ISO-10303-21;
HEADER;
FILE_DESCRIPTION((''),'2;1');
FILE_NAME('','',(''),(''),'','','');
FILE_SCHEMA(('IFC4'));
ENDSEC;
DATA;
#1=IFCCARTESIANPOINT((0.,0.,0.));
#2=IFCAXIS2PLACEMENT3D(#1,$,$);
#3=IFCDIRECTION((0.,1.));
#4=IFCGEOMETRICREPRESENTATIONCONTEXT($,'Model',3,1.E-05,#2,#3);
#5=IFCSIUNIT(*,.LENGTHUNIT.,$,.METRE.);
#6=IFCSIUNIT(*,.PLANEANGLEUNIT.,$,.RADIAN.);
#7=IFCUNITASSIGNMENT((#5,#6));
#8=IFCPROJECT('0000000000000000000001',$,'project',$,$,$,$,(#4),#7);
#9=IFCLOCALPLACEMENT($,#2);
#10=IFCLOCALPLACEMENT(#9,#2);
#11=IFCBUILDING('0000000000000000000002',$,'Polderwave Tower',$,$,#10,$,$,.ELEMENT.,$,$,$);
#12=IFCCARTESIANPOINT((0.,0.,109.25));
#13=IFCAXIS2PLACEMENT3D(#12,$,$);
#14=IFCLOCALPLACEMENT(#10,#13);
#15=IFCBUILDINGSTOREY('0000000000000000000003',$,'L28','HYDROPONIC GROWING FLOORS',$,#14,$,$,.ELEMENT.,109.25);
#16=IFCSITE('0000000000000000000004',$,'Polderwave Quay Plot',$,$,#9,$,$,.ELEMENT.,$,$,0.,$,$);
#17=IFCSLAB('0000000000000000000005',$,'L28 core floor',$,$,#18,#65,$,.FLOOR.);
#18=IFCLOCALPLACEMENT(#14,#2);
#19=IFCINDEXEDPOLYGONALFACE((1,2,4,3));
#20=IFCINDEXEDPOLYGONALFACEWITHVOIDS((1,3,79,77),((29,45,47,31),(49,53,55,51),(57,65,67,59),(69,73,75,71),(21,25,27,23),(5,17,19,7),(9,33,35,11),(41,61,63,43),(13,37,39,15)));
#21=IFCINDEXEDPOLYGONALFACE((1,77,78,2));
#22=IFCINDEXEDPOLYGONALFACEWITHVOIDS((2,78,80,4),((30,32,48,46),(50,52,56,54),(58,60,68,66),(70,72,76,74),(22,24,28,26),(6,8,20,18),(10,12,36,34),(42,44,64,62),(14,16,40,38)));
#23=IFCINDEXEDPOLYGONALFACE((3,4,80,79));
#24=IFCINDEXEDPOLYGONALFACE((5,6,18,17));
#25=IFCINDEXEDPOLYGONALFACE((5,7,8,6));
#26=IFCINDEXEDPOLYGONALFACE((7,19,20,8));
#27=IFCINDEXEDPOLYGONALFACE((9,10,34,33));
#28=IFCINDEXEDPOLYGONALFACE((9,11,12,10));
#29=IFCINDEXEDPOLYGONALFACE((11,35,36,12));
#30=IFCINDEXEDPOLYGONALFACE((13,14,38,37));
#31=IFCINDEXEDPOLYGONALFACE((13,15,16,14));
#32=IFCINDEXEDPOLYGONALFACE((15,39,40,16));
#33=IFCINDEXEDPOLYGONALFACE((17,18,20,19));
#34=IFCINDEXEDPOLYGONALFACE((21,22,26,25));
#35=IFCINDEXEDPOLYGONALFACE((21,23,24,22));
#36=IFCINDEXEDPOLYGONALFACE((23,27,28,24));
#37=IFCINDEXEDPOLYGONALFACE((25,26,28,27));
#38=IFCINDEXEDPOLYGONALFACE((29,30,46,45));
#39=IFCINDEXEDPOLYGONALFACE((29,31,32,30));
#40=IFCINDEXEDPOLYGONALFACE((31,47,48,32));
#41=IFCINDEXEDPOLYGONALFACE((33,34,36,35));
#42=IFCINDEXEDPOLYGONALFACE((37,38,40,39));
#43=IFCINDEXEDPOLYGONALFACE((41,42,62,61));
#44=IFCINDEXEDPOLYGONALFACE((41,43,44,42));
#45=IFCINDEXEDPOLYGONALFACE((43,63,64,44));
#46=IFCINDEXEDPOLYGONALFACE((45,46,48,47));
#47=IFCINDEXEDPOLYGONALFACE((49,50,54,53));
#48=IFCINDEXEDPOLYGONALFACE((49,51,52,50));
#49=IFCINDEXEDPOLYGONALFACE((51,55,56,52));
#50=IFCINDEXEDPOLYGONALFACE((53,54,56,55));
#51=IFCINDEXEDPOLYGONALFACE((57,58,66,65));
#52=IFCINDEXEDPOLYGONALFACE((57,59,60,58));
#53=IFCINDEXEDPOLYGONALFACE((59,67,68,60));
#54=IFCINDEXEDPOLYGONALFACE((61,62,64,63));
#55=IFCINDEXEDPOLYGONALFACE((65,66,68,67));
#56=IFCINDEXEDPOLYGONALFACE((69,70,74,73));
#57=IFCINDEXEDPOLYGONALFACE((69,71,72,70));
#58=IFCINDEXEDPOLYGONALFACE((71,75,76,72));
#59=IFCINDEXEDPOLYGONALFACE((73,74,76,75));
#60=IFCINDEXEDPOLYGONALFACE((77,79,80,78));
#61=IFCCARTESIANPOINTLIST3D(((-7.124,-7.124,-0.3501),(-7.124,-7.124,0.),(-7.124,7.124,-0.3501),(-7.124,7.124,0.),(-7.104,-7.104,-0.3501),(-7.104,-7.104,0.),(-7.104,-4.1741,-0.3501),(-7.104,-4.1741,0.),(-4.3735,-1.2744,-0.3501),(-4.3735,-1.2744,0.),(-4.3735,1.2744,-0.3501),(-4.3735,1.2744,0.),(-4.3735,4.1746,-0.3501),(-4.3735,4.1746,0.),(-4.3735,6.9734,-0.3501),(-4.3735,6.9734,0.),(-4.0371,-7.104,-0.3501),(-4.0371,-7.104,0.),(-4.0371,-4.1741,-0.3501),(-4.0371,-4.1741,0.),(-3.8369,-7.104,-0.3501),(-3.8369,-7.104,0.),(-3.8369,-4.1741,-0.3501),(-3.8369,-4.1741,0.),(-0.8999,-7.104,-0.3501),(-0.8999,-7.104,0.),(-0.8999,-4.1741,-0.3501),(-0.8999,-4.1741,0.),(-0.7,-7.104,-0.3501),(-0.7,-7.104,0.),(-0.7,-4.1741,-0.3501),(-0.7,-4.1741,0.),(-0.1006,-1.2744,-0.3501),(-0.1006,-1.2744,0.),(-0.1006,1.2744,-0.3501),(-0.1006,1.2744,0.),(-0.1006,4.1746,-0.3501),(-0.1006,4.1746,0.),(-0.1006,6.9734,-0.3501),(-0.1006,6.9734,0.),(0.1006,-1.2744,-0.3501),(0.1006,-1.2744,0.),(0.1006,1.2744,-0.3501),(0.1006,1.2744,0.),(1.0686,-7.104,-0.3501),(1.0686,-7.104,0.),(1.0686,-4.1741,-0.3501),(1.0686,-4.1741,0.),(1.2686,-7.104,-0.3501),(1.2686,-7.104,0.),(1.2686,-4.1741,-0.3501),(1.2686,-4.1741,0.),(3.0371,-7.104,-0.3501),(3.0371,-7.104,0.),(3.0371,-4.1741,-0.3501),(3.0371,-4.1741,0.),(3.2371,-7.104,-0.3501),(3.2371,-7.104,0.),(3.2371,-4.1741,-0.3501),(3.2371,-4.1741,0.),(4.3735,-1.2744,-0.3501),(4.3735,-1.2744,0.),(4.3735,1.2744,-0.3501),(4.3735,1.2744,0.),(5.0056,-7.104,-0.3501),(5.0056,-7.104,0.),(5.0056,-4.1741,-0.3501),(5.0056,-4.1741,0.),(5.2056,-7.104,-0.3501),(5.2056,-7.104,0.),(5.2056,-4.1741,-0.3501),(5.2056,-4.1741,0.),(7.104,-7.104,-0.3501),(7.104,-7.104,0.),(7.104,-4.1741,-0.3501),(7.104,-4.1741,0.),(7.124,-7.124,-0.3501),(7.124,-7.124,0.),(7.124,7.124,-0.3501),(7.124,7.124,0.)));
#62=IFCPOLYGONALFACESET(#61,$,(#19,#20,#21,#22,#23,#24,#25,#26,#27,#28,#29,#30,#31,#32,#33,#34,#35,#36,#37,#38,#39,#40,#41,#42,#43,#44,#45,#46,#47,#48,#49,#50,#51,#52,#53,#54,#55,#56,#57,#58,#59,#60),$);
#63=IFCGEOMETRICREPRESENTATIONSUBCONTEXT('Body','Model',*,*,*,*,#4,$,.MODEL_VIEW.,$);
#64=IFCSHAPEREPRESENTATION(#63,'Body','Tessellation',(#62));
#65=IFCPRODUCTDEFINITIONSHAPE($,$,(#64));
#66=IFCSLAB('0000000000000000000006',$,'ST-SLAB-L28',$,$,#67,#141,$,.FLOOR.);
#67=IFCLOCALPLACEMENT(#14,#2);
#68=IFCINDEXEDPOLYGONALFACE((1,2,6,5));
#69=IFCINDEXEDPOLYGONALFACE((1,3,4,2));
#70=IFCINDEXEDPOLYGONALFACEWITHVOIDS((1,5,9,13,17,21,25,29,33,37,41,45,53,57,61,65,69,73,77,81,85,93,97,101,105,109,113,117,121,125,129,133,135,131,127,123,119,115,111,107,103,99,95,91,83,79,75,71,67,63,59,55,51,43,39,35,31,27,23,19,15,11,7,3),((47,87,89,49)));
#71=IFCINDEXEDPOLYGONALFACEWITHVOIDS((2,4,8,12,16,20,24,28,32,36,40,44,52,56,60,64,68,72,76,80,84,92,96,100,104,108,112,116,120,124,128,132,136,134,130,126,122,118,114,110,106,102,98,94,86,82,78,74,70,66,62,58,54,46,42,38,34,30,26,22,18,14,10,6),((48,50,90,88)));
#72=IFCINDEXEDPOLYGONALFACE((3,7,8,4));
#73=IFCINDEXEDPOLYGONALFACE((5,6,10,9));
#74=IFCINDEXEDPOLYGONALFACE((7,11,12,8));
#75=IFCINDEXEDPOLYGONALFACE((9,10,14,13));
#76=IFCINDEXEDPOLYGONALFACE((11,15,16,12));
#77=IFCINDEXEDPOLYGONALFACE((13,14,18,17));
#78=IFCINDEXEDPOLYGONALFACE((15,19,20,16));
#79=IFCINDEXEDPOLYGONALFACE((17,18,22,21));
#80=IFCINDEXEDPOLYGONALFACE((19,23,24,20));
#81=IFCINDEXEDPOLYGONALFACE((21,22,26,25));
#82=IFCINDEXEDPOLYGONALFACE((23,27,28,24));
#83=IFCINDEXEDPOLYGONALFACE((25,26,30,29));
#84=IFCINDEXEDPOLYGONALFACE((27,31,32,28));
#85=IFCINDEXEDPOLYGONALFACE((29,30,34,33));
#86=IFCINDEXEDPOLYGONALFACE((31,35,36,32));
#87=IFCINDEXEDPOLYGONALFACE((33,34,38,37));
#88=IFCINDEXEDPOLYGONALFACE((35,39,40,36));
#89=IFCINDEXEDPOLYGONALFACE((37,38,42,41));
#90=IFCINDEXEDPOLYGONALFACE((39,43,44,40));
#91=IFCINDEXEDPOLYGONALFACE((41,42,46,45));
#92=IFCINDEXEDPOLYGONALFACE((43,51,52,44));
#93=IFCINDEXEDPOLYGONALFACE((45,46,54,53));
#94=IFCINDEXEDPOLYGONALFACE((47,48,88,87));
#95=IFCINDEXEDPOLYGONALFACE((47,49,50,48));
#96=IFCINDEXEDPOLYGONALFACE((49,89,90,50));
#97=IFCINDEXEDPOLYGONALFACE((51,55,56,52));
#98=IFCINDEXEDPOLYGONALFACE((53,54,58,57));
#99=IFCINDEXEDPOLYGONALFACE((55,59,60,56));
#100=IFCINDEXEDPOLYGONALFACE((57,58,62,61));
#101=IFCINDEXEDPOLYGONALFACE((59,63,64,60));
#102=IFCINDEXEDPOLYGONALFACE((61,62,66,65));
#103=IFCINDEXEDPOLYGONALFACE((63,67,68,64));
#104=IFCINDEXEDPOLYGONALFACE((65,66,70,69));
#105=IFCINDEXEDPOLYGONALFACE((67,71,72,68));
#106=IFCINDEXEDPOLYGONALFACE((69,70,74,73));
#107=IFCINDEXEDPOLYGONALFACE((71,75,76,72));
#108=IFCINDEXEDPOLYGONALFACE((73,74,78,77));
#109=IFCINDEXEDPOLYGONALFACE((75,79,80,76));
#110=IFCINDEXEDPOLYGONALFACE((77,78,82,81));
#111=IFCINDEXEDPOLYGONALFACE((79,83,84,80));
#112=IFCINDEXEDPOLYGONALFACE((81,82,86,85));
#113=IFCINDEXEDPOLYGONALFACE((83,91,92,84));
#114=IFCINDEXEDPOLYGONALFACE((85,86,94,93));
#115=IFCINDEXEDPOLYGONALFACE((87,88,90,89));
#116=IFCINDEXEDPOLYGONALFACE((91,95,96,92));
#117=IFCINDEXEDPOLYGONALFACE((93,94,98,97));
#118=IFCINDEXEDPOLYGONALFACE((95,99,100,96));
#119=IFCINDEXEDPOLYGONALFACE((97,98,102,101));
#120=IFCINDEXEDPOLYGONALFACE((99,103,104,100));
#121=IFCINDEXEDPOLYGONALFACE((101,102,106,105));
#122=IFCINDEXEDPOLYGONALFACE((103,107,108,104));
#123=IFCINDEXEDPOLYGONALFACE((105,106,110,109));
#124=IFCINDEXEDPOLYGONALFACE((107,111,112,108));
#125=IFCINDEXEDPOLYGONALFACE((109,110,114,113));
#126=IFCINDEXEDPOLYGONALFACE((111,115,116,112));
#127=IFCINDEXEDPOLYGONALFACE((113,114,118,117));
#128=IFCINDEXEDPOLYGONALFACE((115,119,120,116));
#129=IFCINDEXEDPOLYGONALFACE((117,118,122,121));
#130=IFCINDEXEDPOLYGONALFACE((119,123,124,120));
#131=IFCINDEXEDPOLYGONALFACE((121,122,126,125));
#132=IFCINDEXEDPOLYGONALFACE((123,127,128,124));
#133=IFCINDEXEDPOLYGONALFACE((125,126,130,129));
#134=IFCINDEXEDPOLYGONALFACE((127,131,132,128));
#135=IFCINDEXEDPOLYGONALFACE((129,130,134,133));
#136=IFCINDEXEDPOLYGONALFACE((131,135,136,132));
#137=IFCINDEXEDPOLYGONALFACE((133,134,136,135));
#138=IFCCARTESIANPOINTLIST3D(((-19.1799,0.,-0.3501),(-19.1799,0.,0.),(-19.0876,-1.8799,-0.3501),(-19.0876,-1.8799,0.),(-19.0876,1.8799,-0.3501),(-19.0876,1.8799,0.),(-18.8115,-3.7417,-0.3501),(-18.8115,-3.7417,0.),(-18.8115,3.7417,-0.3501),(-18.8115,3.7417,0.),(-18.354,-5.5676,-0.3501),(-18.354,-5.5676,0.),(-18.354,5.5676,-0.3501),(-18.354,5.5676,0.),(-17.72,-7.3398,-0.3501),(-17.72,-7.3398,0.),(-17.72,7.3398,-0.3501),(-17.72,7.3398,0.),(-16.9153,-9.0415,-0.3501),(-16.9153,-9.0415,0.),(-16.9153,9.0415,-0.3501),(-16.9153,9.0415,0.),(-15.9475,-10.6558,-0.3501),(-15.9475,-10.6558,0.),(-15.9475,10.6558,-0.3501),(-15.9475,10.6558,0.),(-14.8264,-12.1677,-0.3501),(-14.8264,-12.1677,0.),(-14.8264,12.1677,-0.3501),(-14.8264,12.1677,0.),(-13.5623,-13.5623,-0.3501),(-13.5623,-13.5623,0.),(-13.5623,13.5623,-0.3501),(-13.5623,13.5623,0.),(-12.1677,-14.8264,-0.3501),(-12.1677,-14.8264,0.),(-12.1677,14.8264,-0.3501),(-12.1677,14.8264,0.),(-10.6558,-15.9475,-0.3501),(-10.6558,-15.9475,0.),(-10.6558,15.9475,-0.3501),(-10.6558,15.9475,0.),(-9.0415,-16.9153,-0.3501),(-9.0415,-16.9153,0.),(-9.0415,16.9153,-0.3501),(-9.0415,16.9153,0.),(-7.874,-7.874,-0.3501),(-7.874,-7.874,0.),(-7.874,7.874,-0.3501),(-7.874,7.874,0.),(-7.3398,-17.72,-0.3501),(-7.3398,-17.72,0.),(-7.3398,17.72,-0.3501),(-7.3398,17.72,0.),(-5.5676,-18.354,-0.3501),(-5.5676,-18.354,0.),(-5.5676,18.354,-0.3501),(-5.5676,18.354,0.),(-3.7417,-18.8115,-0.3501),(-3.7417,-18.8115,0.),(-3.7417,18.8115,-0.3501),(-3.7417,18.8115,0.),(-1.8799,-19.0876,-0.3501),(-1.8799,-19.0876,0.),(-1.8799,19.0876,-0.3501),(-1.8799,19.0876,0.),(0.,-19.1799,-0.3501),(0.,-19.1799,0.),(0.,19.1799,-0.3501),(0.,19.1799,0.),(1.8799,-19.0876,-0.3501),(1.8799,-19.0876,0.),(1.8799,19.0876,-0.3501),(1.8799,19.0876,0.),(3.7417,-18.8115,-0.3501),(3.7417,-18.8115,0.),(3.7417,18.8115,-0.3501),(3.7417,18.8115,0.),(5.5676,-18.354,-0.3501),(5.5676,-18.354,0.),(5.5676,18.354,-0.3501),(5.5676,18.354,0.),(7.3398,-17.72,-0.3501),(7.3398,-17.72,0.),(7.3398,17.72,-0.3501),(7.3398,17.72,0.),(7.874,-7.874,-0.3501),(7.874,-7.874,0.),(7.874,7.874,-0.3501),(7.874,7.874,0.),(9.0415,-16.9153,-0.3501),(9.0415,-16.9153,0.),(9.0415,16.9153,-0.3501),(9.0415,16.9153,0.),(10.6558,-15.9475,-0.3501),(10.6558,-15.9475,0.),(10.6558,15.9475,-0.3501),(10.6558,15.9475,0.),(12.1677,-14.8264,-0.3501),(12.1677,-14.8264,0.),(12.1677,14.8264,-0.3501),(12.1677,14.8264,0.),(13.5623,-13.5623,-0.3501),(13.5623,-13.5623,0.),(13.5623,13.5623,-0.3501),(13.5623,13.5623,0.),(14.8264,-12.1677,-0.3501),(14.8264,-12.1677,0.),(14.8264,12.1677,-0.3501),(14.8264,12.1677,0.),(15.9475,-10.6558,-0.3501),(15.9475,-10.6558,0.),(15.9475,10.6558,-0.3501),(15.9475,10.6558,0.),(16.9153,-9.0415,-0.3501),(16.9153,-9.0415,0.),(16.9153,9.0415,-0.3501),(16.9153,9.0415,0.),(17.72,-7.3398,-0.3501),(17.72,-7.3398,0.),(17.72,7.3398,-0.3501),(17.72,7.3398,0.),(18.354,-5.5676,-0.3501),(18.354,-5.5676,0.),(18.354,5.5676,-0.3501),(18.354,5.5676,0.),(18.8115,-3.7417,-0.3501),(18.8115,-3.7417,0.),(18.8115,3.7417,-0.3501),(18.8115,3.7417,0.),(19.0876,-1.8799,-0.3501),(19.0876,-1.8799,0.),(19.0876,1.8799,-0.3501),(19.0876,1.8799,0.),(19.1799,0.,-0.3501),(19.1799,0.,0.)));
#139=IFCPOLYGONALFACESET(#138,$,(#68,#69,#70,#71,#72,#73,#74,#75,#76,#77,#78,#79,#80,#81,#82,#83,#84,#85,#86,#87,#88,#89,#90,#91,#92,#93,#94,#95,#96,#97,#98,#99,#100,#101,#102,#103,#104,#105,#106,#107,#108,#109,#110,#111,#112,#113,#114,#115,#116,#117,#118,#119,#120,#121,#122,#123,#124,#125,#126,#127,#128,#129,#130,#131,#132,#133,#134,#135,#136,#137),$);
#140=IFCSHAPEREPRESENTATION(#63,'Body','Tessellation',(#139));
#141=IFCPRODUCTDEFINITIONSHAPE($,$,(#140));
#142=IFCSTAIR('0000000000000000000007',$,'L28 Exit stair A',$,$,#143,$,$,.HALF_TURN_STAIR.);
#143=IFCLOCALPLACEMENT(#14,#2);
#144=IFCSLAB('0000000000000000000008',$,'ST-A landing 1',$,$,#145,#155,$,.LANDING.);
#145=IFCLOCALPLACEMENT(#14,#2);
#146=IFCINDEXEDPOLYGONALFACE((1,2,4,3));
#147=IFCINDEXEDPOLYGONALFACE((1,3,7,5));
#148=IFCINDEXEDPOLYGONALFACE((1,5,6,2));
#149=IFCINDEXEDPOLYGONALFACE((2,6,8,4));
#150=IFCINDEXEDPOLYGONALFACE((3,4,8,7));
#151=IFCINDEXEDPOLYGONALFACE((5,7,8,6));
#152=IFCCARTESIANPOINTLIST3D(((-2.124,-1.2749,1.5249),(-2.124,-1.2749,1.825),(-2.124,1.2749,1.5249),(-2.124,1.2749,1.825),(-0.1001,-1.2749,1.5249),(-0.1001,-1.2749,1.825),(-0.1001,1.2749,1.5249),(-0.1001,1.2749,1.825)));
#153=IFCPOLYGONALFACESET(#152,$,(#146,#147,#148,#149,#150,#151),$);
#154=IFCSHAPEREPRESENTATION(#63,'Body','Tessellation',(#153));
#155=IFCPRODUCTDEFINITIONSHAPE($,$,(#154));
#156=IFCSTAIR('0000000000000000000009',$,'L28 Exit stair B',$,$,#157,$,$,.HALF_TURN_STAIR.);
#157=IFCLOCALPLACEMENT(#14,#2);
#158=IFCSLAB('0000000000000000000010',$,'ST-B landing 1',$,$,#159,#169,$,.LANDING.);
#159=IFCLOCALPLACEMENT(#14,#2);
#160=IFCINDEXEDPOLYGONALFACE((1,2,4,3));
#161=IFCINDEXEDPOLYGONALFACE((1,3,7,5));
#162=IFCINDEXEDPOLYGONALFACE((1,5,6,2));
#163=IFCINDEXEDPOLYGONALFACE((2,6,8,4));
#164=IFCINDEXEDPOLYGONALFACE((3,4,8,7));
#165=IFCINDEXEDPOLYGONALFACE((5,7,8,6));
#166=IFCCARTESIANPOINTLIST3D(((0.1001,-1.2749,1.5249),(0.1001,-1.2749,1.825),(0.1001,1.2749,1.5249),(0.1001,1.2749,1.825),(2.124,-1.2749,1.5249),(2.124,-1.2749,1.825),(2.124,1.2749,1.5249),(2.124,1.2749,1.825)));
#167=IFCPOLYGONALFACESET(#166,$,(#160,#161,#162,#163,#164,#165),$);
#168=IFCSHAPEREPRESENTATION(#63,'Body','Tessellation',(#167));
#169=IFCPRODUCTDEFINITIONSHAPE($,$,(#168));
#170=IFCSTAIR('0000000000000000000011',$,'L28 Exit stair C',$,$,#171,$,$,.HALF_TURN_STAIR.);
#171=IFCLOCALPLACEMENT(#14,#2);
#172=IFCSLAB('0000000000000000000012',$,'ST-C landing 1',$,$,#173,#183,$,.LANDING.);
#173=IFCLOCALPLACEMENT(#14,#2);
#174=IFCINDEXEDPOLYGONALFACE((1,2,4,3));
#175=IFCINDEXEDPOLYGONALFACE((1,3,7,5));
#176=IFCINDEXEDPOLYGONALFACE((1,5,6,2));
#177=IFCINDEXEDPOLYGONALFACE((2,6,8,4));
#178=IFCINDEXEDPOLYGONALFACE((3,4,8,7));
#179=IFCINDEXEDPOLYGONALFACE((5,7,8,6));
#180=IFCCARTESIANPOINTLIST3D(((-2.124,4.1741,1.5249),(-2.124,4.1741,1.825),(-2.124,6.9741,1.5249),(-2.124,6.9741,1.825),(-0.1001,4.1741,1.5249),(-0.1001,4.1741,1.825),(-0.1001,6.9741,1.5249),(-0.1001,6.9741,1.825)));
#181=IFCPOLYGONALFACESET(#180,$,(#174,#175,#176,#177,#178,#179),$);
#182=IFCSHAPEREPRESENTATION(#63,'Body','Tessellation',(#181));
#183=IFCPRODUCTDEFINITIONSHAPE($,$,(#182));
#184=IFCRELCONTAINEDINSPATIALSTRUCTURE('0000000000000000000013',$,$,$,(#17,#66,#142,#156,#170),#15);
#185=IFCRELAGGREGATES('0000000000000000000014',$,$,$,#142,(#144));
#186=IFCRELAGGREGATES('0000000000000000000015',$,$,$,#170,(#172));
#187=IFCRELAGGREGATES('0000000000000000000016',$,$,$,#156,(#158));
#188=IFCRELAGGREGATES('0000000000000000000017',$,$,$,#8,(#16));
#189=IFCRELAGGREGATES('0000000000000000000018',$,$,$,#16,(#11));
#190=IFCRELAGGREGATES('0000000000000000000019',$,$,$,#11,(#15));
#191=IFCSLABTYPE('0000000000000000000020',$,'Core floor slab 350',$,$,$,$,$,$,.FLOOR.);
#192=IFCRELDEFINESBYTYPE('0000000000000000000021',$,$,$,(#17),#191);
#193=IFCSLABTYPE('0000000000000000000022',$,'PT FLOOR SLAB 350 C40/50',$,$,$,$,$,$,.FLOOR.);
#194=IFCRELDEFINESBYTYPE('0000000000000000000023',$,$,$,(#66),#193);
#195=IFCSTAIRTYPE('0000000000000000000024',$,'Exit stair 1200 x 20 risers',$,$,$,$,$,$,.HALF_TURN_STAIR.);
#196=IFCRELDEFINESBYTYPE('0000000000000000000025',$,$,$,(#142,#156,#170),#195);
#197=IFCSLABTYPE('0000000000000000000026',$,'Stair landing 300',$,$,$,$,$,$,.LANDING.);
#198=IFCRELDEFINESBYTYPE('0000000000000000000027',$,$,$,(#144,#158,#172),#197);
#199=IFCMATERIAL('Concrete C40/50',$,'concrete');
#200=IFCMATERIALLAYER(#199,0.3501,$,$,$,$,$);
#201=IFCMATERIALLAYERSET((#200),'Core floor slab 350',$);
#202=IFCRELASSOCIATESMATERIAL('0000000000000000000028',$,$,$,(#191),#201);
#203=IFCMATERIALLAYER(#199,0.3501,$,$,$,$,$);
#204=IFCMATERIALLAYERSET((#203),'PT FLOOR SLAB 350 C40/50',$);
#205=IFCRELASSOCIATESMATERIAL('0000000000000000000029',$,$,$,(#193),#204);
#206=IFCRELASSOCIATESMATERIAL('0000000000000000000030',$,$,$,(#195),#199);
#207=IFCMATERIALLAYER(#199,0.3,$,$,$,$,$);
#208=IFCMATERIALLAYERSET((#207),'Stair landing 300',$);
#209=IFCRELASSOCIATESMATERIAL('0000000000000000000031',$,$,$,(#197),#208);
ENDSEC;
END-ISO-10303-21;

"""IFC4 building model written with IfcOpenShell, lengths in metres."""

from ifc_helpers import new_model, si_unit, direction, frame, origin, place, context, subcontext, project, spatial, polyline, outline, extrude, material, layer, layer_set, type_object, element, aggregate, save


model = new_model("IFC4")

# Units and contexts
model_context = context("Model", 3, precision=1e-05, world=origin(), true_north=direction((0.0, 1.0)))
body_context = subcontext(model_context, "Body", "Model", "MODEL_VIEW")
ifc_project = project(units=[si_unit("LENGTHUNIT", "METRE"), si_unit("PLANEANGLEUNIT", "RADIAN")], contexts=[model_context])

# Site, building, storey
site_placement = place(None, origin())
site = spatial("IfcSite", under=ifc_project, at=site_placement, Name="Polderwave Quay Plot", CompositionType="ELEMENT", RefElevation=0.0)
building_placement = place(site_placement, origin())
building = spatial("IfcBuilding", under=site, at=building_placement, Name="Polderwave Tower", CompositionType="ELEMENT")
storey_placement = place(building_placement, frame((0.0, 0.0, 109.25)))
storey = spatial("IfcBuildingStorey", under=building, at=storey_placement, Name="L28", Description="HYDROPONIC GROWING FLOORS", CompositionType="ELEMENT", Elevation=109.25)

# Slabs
ifc_material_1 = material(Name="Concrete C40/50", Category="concrete")
ifc_layer_1 = layer(ifc_material_1, 0.3501)
ifc_layer_set_1 = layer_set([ifc_layer_1], Name="Core floor slab 350")
slab_type_1 = type_object("IfcSlabType", Name="Core floor slab 350", PredefinedType="FLOOR", material=ifc_layer_set_1)
slab_1_placement = place(storey_placement, frame((0.0, 0.0, -0.3501)))
element("IfcSlab", 1, at=slab_1_placement, inside=storey, type_object=slab_type_1, Name="L28 core floor", PredefinedType="FLOOR", context=body_context, shape_type="SweptSolid", body=[
    extrude(outline(polyline([(-7.124, -7.124), (7.124, -7.124), (7.124, 7.124), (-7.124, 7.124), (-7.124, -7.124)]), holes=[polyline([(-7.104, -7.104), (-4.0371, -7.104), (-4.0371, -4.1741), (-7.104, -4.1741), (-7.104, -7.104)]), polyline([(-3.8369, -7.104), (-0.8999, -7.104), (-0.8999, -4.1741), (-3.8369, -4.1741), (-3.8369, -7.104)]), polyline([(-0.7, -7.104), (1.0686, -7.104), (1.0686, -4.1741), (-0.7, -4.1741), (-0.7, -7.104)]), polyline([(1.2686, -7.104), (3.0371, -7.104), (3.0371, -4.1741), (1.2686, -4.1741), (1.2686, -7.104)]), polyline([(3.2371, -7.104), (5.0056, -7.104), (5.0056, -4.1741), (3.2371, -4.1741), (3.2371, -7.104)]), polyline([(5.2056, -7.104), (7.104, -7.104), (7.104, -4.1741), (5.2056, -4.1741), (5.2056, -7.104)]), polyline([(-4.3735, -1.2744), (-0.1006, -1.2744), (-0.1006, 1.2744), (-4.3735, 1.2744), (-4.3735, -1.2744)]), polyline([(0.1006, -1.2744), (4.3735, -1.2744), (4.3735, 1.2744), (0.1006, 1.2744), (0.1006, -1.2744)]), polyline([(-4.3735, 4.1746), (-0.1006, 4.1746), (-0.1006, 6.9734), (-4.3735, 6.9734), (-4.3735, 4.1746)])]), origin(), (0.0, 0.0, 1.0), 0.3501),
])
ifc_layer_2 = layer(ifc_material_1, 0.3501)
ifc_layer_set_2 = layer_set([ifc_layer_2], Name="PT FLOOR SLAB 350 C40/50")
slab_type_2 = type_object("IfcSlabType", Name="PT FLOOR SLAB 350 C40/50", PredefinedType="FLOOR", material=ifc_layer_set_2)
slab_2_placement = place(storey_placement, frame((0.0, 0.0, -0.3501)))
element("IfcSlab", 2, at=slab_2_placement, inside=storey, type_object=slab_type_2, Name="ST-SLAB-L28", PredefinedType="FLOOR", context=body_context, shape_type="SweptSolid", body=[
    extrude(outline(polyline([(19.1799, 0.0), (19.0876, 1.8799), (18.8115, 3.7417), (18.354, 5.5676), (17.72, 7.3398), (16.9153, 9.0415), (15.9475, 10.6558), (14.8264, 12.1677), (13.5623, 13.5623), (12.1677, 14.8264), (10.6558, 15.9475), (9.0415, 16.9153), (7.3398, 17.72), (5.5676, 18.354), (3.7417, 18.8115), (1.8799, 19.0876), (0.0, 19.1799), (-1.8799, 19.0876), (-3.7417, 18.8115), (-5.5676, 18.354), (-7.3398, 17.72), (-9.0415, 16.9153), (-10.6558, 15.9475), (-12.1677, 14.8264), (-13.5623, 13.5623), (-14.8264, 12.1677), (-15.9475, 10.6558), (-16.9153, 9.0415), (-17.72, 7.3398), (-18.354, 5.5676), (-18.8115, 3.7417), (-19.0876, 1.8799), (-19.1799, 0.0), (-19.0876, -1.8799), (-18.8115, -3.7417), (-18.354, -5.5676), (-17.72, -7.3398), (-16.9153, -9.0415), (-15.9475, -10.6558), (-14.8264, -12.1677), (-13.5623, -13.5623), (-12.1677, -14.8264), (-10.6558, -15.9475), (-9.0415, -16.9153), (-7.3398, -17.72), (-5.5676, -18.354), (-3.7417, -18.8115), (-1.8799, -19.0876), (0.0, -19.1799), (1.8799, -19.0876), (3.7417, -18.8115), (5.5676, -18.354), (7.3398, -17.72), (9.0415, -16.9153), (10.6558, -15.9475), (12.1677, -14.8264), (13.5623, -13.5623), (14.8264, -12.1677), (15.9475, -10.6558), (16.9153, -9.0415), (17.72, -7.3398), (18.354, -5.5676), (18.8115, -3.7417), (19.0876, -1.8799), (19.1799, 0.0)]), holes=[polyline([(-7.874, -7.874), (7.874, -7.874), (7.874, 7.874), (-7.874, 7.874), (-7.874, -7.874)])]), origin(), (0.0, 0.0, 1.0), 0.3501),
])

# Stairs, slabs
stair_type = type_object("IfcStairType", Name="Exit stair 1200 x 20 risers", PredefinedType="HALF_TURN_STAIR", material=ifc_material_1)
stair_1_placement = place(storey_placement, origin())
stair_1 = element("IfcStair", 3, at=stair_1_placement, inside=storey, type_object=stair_type, Name="L28 Exit stair A", PredefinedType="HALF_TURN_STAIR")
ifc_layer_3 = layer(ifc_material_1, 0.3)
ifc_layer_set_3 = layer_set([ifc_layer_3], Name="Stair landing 300")
slab_type_3 = type_object("IfcSlabType", Name="Stair landing 300", PredefinedType="LANDING", material=ifc_layer_set_3)
slab_3_placement = place(storey_placement, frame((0.0, 0.0, 1.5249)))
slab_3 = element("IfcSlab", 4, at=slab_3_placement, type_object=slab_type_3, Name="ST-A landing 1", PredefinedType="LANDING", context=body_context, shape_type="SweptSolid", body=[
    extrude(outline(polyline([(-2.124, -1.2749), (-0.1001, -1.2749), (-0.1001, 1.2749), (-2.124, 1.2749), (-2.124, -1.2749)])), origin(), (0.0, 0.0, 1.0), 0.3),
])
aggregate(stair_1, [slab_3])
stair_2_placement = place(storey_placement, origin())
stair_2 = element("IfcStair", 5, at=stair_2_placement, inside=storey, type_object=stair_type, Name="L28 Exit stair B", PredefinedType="HALF_TURN_STAIR")
slab_4_placement = place(storey_placement, frame((0.0, 0.0, 1.5249)))
slab_4 = element("IfcSlab", 6, at=slab_4_placement, type_object=slab_type_3, Name="ST-B landing 1", PredefinedType="LANDING", context=body_context, shape_type="SweptSolid", body=[
    extrude(outline(polyline([(2.124, 1.2749), (0.1001, 1.2749), (0.1001, -1.2749), (2.124, -1.2749), (2.124, 1.2749)])), origin(), (0.0, 0.0, 1.0), 0.3),
])
stair_3_placement = place(storey_placement, origin())
stair_3 = element("IfcStair", 7, at=stair_3_placement, inside=storey, type_object=stair_type, Name="L28 Exit stair C", PredefinedType="HALF_TURN_STAIR")
slab_5_placement = place(storey_placement, frame((0.0, 0.0, 1.5249)))
slab_5 = element("IfcSlab", 8, at=slab_5_placement, type_object=slab_type_3, Name="ST-C landing 1", PredefinedType="LANDING", context=body_context, shape_type="SweptSolid", body=[
    extrude(outline(polyline([(-2.124, 4.1741), (-0.1001, 4.1741), (-0.1001, 6.9741), (-2.124, 6.9741), (-2.124, 4.1741)])), origin(), (0.0, 0.0, 1.0), 0.3),
])
aggregate(stair_3, [slab_5])

aggregate(stair_2, [slab_4])

save(model, "model.ifc")
